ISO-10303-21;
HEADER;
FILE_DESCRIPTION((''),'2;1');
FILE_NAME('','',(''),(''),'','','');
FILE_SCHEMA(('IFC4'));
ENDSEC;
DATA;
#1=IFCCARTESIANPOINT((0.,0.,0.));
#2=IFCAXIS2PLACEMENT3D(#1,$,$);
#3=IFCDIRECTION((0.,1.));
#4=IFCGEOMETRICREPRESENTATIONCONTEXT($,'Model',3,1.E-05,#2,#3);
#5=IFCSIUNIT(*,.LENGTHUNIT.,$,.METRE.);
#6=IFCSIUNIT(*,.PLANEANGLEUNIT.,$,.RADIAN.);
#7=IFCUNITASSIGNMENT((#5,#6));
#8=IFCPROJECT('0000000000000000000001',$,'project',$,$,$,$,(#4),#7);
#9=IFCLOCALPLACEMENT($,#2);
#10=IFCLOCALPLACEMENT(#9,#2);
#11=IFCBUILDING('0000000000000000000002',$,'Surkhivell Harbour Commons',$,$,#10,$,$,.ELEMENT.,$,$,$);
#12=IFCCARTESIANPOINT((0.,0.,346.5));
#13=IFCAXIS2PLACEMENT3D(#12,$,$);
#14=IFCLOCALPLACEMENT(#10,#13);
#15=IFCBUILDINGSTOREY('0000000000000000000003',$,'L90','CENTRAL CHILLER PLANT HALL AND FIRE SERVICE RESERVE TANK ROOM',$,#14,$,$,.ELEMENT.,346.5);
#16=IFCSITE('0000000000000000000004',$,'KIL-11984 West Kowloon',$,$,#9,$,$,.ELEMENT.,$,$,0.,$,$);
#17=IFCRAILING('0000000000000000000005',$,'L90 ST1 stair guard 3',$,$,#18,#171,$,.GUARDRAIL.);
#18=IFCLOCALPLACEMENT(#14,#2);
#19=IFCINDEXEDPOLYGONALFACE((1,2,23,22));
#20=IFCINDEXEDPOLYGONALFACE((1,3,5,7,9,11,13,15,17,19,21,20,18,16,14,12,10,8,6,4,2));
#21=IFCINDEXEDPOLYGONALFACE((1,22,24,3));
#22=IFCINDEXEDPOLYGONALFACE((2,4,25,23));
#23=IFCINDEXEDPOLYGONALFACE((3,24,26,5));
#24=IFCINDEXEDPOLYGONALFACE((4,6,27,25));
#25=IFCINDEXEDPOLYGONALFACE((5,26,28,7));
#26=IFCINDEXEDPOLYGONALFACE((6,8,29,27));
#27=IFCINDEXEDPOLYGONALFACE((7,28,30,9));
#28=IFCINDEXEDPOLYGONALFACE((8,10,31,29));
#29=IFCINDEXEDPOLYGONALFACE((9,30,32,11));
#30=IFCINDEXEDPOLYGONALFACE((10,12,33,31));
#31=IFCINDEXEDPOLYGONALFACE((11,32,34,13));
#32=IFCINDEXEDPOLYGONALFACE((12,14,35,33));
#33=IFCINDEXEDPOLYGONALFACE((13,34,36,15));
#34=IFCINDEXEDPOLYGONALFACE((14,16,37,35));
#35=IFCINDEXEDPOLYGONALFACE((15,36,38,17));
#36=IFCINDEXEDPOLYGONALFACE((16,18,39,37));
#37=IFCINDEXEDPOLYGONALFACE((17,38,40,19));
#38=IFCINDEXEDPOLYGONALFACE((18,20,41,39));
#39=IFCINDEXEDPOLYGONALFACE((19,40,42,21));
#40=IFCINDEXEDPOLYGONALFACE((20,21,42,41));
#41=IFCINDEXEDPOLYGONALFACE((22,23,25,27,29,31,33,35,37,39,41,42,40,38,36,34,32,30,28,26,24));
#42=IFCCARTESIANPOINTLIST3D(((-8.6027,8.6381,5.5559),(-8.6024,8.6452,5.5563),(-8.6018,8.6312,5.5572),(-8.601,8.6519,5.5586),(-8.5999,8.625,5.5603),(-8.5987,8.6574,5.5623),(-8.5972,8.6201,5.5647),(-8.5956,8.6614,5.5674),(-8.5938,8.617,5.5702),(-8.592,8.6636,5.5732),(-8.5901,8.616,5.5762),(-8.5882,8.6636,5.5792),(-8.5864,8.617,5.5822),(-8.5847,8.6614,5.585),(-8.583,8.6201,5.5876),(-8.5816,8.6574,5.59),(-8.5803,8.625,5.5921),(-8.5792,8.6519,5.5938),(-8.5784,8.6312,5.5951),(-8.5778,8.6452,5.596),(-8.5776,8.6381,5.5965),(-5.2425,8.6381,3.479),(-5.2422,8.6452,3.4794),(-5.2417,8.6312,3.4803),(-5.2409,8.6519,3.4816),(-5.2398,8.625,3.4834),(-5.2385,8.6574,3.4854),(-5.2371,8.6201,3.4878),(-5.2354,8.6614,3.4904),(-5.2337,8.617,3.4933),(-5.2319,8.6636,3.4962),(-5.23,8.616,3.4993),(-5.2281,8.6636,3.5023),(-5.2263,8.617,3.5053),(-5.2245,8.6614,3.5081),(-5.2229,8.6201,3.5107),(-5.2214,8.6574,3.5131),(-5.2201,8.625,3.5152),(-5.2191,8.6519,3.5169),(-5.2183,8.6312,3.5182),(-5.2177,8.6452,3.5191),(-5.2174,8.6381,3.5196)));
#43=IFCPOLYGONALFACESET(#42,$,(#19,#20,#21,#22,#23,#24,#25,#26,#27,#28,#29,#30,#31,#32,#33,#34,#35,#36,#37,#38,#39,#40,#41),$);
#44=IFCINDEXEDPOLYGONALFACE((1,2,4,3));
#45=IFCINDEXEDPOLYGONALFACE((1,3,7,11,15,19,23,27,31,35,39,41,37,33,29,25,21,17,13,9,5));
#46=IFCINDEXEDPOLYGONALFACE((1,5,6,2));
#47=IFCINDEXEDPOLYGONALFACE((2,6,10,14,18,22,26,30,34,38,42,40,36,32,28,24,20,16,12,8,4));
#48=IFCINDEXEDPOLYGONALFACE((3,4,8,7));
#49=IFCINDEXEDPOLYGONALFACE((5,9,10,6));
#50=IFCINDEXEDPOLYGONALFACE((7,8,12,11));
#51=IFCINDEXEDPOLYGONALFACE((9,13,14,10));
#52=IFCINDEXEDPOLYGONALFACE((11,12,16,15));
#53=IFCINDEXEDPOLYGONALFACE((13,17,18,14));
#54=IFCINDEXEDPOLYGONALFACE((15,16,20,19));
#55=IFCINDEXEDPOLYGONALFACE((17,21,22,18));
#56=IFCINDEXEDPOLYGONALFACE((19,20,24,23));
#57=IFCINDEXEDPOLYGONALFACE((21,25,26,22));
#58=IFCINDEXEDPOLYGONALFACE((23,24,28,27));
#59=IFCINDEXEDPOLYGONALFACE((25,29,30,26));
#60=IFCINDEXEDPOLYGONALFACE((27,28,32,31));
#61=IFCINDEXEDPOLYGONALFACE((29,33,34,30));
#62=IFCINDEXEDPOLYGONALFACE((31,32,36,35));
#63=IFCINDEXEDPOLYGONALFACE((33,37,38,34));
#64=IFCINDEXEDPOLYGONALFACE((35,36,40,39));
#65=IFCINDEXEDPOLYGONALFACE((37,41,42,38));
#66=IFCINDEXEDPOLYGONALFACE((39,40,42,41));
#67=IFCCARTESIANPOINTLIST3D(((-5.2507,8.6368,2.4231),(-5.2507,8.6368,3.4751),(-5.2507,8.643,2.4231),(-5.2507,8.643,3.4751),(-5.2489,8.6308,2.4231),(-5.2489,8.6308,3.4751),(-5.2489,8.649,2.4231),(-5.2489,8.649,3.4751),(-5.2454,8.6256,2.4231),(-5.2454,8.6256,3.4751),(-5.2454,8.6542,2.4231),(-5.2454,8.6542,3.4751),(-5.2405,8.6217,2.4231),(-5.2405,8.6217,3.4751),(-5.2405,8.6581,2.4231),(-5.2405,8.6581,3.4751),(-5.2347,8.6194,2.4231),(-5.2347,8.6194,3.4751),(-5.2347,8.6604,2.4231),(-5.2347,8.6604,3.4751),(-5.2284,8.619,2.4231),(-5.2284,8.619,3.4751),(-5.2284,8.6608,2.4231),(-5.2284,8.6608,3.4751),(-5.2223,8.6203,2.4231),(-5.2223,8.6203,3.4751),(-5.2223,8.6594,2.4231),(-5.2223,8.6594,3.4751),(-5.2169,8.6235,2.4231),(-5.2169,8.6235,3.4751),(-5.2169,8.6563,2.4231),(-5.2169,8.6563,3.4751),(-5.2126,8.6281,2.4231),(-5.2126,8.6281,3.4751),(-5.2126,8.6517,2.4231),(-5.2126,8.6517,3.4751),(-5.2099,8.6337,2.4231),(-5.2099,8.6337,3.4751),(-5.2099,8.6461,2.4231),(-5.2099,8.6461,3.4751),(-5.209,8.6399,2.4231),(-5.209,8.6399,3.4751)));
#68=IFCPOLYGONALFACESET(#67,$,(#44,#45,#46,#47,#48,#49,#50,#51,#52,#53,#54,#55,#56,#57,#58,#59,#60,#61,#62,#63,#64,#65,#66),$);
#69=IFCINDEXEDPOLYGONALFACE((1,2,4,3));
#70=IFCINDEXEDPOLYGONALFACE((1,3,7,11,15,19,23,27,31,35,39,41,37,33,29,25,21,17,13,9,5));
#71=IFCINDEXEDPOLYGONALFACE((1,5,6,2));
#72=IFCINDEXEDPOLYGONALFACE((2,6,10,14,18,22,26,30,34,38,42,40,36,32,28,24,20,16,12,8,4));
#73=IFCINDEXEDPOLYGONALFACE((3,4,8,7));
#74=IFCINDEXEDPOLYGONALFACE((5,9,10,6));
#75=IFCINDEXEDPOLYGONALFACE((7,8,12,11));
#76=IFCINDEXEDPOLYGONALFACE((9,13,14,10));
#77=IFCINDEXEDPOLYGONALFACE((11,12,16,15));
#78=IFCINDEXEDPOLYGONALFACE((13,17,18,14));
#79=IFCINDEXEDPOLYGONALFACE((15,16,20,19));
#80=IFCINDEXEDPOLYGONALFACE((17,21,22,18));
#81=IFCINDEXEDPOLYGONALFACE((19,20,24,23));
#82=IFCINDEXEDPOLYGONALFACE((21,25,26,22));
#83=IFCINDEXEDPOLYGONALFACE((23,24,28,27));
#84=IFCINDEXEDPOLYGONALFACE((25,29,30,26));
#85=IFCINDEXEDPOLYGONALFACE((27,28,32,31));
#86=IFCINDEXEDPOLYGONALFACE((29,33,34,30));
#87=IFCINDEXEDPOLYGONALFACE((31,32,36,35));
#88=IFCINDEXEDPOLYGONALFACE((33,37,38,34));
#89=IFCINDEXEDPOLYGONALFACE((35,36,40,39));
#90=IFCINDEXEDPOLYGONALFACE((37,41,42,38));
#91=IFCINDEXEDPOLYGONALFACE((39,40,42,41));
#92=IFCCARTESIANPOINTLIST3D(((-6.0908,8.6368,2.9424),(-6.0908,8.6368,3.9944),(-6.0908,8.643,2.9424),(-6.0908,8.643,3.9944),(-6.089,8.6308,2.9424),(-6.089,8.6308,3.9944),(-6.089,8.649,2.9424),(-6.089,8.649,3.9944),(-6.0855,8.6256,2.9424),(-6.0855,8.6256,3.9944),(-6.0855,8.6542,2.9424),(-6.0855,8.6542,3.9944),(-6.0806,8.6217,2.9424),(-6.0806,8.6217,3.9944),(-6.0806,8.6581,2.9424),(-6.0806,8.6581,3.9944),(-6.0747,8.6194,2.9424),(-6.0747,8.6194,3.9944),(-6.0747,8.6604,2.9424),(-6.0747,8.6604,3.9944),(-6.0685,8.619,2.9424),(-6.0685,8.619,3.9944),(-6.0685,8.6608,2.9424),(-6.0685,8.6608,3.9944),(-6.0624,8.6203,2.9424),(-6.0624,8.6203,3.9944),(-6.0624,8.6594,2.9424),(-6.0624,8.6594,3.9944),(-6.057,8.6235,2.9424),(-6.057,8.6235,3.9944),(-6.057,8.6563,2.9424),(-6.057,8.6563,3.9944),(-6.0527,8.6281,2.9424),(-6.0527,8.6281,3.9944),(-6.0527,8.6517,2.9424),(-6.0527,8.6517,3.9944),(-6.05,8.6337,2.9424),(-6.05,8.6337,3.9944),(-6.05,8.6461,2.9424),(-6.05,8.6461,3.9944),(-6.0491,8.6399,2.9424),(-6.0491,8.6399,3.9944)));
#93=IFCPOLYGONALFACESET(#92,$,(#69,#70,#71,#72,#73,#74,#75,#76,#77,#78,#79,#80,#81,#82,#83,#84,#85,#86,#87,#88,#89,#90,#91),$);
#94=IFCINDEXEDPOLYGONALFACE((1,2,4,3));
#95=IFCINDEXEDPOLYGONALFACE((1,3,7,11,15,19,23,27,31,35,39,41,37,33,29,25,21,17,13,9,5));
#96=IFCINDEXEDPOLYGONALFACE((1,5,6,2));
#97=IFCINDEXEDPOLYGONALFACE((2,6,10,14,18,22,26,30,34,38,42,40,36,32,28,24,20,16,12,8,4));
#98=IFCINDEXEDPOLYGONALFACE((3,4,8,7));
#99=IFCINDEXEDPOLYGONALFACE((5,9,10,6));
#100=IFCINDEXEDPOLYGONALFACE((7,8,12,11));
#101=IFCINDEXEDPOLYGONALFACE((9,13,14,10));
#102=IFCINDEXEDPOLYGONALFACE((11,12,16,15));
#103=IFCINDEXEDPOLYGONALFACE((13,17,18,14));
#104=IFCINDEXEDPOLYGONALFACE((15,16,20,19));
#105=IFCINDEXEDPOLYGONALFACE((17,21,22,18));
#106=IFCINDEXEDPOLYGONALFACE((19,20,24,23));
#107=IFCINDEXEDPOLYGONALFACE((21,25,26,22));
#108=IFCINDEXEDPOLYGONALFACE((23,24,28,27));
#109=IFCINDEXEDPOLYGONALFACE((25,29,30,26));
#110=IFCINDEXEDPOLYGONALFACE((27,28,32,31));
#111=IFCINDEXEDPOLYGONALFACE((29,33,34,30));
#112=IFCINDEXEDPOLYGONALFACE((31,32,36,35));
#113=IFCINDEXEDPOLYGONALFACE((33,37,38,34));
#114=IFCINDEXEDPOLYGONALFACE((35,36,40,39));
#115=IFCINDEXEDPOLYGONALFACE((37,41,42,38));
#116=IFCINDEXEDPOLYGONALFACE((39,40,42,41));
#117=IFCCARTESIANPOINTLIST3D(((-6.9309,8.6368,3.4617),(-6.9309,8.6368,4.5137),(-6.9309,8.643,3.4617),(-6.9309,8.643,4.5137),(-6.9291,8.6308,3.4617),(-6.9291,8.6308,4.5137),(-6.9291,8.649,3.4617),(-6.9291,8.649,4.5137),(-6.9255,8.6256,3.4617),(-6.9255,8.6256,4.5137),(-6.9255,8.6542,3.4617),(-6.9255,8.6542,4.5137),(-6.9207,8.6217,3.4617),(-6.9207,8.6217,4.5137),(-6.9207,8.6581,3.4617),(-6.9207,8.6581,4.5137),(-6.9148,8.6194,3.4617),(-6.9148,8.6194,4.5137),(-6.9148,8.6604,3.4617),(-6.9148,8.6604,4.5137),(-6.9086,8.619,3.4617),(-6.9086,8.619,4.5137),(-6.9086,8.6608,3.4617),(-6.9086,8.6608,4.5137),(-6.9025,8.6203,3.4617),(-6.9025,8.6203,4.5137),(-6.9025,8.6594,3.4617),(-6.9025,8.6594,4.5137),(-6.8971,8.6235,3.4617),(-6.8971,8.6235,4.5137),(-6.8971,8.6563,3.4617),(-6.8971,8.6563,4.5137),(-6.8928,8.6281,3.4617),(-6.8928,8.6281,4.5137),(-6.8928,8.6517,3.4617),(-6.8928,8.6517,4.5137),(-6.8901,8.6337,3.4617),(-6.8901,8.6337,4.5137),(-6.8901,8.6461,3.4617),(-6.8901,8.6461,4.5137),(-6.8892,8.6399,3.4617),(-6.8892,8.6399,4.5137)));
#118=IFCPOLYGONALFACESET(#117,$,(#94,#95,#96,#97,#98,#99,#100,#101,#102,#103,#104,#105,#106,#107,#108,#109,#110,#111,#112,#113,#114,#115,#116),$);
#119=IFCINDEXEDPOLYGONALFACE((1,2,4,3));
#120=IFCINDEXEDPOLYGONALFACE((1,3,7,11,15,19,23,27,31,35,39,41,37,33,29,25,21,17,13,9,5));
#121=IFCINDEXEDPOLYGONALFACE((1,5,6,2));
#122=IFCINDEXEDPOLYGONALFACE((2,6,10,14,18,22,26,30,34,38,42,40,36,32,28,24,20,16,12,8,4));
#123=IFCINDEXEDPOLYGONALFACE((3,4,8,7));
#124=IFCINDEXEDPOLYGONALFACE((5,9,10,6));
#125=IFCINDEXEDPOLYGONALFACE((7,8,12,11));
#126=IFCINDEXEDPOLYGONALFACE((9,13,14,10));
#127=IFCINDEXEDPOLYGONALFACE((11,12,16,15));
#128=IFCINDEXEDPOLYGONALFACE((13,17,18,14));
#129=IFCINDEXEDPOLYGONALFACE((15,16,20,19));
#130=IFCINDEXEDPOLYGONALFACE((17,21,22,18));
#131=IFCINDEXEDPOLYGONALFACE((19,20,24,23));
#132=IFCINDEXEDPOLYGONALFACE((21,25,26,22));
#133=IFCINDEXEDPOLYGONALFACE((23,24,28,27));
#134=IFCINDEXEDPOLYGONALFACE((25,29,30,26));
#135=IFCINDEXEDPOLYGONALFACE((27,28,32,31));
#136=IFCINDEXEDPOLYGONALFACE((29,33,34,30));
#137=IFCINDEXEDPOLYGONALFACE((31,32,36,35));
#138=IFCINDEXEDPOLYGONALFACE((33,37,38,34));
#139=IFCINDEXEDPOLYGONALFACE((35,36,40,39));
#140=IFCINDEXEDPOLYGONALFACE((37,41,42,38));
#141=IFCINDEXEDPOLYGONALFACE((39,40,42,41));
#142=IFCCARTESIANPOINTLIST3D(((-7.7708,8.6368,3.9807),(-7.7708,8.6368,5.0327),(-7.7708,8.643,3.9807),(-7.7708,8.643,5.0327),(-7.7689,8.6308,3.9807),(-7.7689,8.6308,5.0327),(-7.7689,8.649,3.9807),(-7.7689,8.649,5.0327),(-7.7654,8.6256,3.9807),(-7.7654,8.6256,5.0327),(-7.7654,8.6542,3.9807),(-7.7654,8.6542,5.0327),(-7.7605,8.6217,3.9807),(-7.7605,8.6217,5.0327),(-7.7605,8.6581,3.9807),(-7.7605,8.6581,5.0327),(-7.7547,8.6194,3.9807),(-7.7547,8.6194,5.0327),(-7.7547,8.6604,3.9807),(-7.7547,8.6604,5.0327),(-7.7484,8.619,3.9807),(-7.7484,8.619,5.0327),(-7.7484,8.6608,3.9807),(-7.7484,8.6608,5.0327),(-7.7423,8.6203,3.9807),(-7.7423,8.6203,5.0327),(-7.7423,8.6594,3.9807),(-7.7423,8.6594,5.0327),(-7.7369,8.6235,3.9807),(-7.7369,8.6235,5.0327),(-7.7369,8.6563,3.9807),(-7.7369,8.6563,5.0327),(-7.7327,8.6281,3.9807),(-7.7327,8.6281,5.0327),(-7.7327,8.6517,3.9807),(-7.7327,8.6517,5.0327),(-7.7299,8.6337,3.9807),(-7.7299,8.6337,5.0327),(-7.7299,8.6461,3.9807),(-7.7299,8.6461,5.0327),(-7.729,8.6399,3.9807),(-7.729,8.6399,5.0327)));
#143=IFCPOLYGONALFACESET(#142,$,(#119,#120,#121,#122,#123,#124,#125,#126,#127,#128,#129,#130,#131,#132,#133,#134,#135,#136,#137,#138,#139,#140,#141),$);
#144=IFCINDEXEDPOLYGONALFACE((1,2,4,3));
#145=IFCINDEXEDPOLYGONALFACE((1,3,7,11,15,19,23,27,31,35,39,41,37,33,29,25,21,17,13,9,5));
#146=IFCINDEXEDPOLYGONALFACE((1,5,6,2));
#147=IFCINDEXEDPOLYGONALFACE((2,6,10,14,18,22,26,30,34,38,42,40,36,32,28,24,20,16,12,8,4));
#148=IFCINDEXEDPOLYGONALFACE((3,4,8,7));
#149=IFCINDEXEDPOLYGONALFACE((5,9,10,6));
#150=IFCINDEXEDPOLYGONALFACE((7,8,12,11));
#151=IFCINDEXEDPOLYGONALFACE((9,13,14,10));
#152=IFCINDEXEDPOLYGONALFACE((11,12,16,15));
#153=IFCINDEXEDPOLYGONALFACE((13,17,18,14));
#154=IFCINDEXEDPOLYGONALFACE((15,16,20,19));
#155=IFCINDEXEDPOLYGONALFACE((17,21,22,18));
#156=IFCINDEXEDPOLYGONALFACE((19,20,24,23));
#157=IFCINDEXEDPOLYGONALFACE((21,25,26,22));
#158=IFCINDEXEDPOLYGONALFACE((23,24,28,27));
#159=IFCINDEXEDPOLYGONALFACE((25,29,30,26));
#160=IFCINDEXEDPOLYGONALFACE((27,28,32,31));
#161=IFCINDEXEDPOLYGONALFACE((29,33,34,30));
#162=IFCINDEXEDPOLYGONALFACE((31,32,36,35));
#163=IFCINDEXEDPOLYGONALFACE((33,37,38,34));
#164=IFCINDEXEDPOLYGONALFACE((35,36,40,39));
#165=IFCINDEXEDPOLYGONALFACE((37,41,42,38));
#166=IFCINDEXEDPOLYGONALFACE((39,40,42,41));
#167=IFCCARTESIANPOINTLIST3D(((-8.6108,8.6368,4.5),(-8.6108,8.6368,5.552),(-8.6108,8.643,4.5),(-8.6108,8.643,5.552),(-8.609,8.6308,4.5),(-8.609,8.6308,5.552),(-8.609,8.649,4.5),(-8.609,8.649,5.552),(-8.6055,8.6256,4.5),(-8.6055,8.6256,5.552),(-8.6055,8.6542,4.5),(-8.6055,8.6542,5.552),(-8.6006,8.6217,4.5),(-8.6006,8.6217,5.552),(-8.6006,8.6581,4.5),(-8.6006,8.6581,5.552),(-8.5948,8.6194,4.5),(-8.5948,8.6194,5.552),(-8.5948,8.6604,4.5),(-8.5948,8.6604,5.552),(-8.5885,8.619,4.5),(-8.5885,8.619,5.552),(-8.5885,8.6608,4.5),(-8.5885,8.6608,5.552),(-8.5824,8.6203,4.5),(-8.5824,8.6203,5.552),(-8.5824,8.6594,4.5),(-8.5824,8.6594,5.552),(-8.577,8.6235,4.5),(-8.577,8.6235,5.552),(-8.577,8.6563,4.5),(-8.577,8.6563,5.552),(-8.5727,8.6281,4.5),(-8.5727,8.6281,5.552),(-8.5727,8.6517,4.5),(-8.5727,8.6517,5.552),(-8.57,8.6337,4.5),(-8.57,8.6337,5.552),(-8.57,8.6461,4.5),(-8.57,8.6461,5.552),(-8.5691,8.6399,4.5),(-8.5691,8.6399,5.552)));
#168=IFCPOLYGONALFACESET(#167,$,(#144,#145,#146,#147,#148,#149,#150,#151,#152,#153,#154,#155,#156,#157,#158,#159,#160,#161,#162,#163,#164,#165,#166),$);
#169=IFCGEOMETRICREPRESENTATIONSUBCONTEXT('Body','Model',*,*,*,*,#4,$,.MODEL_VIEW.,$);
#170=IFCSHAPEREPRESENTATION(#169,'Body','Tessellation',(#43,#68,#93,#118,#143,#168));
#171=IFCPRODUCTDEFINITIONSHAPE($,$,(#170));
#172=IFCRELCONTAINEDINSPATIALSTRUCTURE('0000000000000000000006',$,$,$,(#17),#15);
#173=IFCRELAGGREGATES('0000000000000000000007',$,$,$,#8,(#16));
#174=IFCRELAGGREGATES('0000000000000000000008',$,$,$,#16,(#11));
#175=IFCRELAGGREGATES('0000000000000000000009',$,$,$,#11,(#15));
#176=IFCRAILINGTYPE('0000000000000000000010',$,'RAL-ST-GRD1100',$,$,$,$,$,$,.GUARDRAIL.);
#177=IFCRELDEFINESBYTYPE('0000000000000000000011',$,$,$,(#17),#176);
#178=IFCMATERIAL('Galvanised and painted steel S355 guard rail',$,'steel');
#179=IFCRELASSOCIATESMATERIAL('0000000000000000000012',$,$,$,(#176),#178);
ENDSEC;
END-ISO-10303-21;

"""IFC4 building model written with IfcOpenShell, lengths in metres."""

from ifc_helpers import new_model, si_unit, direction, frame, origin, origin_2d, place, context, subcontext, project, spatial, circle, extrude, material, type_object, element, save


model = new_model("IFC4")

# Units and contexts
model_context = context("Model", 3, precision=1e-05, world=origin(), true_north=direction((0.0, 1.0)))
body_context = subcontext(model_context, "Body", "Model", "MODEL_VIEW")
ifc_project = project(units=[si_unit("LENGTHUNIT", "METRE"), si_unit("PLANEANGLEUNIT", "RADIAN")], contexts=[model_context])

# Site, building, storey
site_placement = place(None, origin())
site = spatial("IfcSite", under=ifc_project, at=site_placement, Name="KIL-11984 West Kowloon", CompositionType="ELEMENT", RefElevation=0.0)
building_placement = place(site_placement, origin())
building = spatial("IfcBuilding", under=site, at=building_placement, Name="Surkhivell Harbour Commons", CompositionType="ELEMENT")
storey_placement = place(building_placement, frame((0.0, 0.0, 346.5)))
storey = spatial("IfcBuildingStorey", under=building, at=storey_placement, Name="L90", Description="CENTRAL CHILLER PLANT HALL AND FIRE SERVICE RESERVE TANK ROOM", CompositionType="ELEMENT", Elevation=346.5)

# Railing
ifc_material_1 = material(Name="Galvanised and painted steel S355 guard rail", Category="steel")
railing_type_1 = type_object("IfcRailingType", Name="RAL-ST-GRD1100", PredefinedType="GUARDRAIL", material=ifc_material_1)
railing_1_placement = place(storey_placement, frame((-5.23, 8.6399, 2.4231)))
element("IfcRailing", 1, at=railing_1_placement, inside=storey, type_object=railing_type_1, Name="L90 ST1 stair guard 3", PredefinedType="GUARDRAIL", context=body_context, shape_type="SweptSolid", body=[
    extrude(circle(Radius=0.0239, at=origin_2d()), frame((0.0, 0.0, 1.0762), z_axis=(-0.850623, 0.0, 0.525776), x_axis=(0.0, -1.0, 0.0)), (0.0, 0.0, 1.0), 3.9502),
    extrude(circle(Radius=0.021, at=origin_2d()), origin(), (0.0, 0.0, 1.0), 1.052),
    extrude(circle(Radius=0.021, at=origin_2d()), frame((-0.8401, 0.0, 0.5193)), (0.0, 0.0, 1.0), 1.052),
    extrude(circle(Radius=0.021, at=origin_2d()), frame((-1.6802, 0.0, 1.0386)), (0.0, 0.0, 1.0), 1.052),
    extrude(circle(Radius=0.021, at=origin_2d()), frame((-2.52, 0.0, 1.5576)), (0.0, 0.0, 1.0), 1.052),
    extrude(circle(Radius=0.021, at=origin_2d()), frame((-3.3601, 0.0, 2.0769)), (0.0, 0.0, 1.0), 1.052),
])

save(model, "model.ifc")
